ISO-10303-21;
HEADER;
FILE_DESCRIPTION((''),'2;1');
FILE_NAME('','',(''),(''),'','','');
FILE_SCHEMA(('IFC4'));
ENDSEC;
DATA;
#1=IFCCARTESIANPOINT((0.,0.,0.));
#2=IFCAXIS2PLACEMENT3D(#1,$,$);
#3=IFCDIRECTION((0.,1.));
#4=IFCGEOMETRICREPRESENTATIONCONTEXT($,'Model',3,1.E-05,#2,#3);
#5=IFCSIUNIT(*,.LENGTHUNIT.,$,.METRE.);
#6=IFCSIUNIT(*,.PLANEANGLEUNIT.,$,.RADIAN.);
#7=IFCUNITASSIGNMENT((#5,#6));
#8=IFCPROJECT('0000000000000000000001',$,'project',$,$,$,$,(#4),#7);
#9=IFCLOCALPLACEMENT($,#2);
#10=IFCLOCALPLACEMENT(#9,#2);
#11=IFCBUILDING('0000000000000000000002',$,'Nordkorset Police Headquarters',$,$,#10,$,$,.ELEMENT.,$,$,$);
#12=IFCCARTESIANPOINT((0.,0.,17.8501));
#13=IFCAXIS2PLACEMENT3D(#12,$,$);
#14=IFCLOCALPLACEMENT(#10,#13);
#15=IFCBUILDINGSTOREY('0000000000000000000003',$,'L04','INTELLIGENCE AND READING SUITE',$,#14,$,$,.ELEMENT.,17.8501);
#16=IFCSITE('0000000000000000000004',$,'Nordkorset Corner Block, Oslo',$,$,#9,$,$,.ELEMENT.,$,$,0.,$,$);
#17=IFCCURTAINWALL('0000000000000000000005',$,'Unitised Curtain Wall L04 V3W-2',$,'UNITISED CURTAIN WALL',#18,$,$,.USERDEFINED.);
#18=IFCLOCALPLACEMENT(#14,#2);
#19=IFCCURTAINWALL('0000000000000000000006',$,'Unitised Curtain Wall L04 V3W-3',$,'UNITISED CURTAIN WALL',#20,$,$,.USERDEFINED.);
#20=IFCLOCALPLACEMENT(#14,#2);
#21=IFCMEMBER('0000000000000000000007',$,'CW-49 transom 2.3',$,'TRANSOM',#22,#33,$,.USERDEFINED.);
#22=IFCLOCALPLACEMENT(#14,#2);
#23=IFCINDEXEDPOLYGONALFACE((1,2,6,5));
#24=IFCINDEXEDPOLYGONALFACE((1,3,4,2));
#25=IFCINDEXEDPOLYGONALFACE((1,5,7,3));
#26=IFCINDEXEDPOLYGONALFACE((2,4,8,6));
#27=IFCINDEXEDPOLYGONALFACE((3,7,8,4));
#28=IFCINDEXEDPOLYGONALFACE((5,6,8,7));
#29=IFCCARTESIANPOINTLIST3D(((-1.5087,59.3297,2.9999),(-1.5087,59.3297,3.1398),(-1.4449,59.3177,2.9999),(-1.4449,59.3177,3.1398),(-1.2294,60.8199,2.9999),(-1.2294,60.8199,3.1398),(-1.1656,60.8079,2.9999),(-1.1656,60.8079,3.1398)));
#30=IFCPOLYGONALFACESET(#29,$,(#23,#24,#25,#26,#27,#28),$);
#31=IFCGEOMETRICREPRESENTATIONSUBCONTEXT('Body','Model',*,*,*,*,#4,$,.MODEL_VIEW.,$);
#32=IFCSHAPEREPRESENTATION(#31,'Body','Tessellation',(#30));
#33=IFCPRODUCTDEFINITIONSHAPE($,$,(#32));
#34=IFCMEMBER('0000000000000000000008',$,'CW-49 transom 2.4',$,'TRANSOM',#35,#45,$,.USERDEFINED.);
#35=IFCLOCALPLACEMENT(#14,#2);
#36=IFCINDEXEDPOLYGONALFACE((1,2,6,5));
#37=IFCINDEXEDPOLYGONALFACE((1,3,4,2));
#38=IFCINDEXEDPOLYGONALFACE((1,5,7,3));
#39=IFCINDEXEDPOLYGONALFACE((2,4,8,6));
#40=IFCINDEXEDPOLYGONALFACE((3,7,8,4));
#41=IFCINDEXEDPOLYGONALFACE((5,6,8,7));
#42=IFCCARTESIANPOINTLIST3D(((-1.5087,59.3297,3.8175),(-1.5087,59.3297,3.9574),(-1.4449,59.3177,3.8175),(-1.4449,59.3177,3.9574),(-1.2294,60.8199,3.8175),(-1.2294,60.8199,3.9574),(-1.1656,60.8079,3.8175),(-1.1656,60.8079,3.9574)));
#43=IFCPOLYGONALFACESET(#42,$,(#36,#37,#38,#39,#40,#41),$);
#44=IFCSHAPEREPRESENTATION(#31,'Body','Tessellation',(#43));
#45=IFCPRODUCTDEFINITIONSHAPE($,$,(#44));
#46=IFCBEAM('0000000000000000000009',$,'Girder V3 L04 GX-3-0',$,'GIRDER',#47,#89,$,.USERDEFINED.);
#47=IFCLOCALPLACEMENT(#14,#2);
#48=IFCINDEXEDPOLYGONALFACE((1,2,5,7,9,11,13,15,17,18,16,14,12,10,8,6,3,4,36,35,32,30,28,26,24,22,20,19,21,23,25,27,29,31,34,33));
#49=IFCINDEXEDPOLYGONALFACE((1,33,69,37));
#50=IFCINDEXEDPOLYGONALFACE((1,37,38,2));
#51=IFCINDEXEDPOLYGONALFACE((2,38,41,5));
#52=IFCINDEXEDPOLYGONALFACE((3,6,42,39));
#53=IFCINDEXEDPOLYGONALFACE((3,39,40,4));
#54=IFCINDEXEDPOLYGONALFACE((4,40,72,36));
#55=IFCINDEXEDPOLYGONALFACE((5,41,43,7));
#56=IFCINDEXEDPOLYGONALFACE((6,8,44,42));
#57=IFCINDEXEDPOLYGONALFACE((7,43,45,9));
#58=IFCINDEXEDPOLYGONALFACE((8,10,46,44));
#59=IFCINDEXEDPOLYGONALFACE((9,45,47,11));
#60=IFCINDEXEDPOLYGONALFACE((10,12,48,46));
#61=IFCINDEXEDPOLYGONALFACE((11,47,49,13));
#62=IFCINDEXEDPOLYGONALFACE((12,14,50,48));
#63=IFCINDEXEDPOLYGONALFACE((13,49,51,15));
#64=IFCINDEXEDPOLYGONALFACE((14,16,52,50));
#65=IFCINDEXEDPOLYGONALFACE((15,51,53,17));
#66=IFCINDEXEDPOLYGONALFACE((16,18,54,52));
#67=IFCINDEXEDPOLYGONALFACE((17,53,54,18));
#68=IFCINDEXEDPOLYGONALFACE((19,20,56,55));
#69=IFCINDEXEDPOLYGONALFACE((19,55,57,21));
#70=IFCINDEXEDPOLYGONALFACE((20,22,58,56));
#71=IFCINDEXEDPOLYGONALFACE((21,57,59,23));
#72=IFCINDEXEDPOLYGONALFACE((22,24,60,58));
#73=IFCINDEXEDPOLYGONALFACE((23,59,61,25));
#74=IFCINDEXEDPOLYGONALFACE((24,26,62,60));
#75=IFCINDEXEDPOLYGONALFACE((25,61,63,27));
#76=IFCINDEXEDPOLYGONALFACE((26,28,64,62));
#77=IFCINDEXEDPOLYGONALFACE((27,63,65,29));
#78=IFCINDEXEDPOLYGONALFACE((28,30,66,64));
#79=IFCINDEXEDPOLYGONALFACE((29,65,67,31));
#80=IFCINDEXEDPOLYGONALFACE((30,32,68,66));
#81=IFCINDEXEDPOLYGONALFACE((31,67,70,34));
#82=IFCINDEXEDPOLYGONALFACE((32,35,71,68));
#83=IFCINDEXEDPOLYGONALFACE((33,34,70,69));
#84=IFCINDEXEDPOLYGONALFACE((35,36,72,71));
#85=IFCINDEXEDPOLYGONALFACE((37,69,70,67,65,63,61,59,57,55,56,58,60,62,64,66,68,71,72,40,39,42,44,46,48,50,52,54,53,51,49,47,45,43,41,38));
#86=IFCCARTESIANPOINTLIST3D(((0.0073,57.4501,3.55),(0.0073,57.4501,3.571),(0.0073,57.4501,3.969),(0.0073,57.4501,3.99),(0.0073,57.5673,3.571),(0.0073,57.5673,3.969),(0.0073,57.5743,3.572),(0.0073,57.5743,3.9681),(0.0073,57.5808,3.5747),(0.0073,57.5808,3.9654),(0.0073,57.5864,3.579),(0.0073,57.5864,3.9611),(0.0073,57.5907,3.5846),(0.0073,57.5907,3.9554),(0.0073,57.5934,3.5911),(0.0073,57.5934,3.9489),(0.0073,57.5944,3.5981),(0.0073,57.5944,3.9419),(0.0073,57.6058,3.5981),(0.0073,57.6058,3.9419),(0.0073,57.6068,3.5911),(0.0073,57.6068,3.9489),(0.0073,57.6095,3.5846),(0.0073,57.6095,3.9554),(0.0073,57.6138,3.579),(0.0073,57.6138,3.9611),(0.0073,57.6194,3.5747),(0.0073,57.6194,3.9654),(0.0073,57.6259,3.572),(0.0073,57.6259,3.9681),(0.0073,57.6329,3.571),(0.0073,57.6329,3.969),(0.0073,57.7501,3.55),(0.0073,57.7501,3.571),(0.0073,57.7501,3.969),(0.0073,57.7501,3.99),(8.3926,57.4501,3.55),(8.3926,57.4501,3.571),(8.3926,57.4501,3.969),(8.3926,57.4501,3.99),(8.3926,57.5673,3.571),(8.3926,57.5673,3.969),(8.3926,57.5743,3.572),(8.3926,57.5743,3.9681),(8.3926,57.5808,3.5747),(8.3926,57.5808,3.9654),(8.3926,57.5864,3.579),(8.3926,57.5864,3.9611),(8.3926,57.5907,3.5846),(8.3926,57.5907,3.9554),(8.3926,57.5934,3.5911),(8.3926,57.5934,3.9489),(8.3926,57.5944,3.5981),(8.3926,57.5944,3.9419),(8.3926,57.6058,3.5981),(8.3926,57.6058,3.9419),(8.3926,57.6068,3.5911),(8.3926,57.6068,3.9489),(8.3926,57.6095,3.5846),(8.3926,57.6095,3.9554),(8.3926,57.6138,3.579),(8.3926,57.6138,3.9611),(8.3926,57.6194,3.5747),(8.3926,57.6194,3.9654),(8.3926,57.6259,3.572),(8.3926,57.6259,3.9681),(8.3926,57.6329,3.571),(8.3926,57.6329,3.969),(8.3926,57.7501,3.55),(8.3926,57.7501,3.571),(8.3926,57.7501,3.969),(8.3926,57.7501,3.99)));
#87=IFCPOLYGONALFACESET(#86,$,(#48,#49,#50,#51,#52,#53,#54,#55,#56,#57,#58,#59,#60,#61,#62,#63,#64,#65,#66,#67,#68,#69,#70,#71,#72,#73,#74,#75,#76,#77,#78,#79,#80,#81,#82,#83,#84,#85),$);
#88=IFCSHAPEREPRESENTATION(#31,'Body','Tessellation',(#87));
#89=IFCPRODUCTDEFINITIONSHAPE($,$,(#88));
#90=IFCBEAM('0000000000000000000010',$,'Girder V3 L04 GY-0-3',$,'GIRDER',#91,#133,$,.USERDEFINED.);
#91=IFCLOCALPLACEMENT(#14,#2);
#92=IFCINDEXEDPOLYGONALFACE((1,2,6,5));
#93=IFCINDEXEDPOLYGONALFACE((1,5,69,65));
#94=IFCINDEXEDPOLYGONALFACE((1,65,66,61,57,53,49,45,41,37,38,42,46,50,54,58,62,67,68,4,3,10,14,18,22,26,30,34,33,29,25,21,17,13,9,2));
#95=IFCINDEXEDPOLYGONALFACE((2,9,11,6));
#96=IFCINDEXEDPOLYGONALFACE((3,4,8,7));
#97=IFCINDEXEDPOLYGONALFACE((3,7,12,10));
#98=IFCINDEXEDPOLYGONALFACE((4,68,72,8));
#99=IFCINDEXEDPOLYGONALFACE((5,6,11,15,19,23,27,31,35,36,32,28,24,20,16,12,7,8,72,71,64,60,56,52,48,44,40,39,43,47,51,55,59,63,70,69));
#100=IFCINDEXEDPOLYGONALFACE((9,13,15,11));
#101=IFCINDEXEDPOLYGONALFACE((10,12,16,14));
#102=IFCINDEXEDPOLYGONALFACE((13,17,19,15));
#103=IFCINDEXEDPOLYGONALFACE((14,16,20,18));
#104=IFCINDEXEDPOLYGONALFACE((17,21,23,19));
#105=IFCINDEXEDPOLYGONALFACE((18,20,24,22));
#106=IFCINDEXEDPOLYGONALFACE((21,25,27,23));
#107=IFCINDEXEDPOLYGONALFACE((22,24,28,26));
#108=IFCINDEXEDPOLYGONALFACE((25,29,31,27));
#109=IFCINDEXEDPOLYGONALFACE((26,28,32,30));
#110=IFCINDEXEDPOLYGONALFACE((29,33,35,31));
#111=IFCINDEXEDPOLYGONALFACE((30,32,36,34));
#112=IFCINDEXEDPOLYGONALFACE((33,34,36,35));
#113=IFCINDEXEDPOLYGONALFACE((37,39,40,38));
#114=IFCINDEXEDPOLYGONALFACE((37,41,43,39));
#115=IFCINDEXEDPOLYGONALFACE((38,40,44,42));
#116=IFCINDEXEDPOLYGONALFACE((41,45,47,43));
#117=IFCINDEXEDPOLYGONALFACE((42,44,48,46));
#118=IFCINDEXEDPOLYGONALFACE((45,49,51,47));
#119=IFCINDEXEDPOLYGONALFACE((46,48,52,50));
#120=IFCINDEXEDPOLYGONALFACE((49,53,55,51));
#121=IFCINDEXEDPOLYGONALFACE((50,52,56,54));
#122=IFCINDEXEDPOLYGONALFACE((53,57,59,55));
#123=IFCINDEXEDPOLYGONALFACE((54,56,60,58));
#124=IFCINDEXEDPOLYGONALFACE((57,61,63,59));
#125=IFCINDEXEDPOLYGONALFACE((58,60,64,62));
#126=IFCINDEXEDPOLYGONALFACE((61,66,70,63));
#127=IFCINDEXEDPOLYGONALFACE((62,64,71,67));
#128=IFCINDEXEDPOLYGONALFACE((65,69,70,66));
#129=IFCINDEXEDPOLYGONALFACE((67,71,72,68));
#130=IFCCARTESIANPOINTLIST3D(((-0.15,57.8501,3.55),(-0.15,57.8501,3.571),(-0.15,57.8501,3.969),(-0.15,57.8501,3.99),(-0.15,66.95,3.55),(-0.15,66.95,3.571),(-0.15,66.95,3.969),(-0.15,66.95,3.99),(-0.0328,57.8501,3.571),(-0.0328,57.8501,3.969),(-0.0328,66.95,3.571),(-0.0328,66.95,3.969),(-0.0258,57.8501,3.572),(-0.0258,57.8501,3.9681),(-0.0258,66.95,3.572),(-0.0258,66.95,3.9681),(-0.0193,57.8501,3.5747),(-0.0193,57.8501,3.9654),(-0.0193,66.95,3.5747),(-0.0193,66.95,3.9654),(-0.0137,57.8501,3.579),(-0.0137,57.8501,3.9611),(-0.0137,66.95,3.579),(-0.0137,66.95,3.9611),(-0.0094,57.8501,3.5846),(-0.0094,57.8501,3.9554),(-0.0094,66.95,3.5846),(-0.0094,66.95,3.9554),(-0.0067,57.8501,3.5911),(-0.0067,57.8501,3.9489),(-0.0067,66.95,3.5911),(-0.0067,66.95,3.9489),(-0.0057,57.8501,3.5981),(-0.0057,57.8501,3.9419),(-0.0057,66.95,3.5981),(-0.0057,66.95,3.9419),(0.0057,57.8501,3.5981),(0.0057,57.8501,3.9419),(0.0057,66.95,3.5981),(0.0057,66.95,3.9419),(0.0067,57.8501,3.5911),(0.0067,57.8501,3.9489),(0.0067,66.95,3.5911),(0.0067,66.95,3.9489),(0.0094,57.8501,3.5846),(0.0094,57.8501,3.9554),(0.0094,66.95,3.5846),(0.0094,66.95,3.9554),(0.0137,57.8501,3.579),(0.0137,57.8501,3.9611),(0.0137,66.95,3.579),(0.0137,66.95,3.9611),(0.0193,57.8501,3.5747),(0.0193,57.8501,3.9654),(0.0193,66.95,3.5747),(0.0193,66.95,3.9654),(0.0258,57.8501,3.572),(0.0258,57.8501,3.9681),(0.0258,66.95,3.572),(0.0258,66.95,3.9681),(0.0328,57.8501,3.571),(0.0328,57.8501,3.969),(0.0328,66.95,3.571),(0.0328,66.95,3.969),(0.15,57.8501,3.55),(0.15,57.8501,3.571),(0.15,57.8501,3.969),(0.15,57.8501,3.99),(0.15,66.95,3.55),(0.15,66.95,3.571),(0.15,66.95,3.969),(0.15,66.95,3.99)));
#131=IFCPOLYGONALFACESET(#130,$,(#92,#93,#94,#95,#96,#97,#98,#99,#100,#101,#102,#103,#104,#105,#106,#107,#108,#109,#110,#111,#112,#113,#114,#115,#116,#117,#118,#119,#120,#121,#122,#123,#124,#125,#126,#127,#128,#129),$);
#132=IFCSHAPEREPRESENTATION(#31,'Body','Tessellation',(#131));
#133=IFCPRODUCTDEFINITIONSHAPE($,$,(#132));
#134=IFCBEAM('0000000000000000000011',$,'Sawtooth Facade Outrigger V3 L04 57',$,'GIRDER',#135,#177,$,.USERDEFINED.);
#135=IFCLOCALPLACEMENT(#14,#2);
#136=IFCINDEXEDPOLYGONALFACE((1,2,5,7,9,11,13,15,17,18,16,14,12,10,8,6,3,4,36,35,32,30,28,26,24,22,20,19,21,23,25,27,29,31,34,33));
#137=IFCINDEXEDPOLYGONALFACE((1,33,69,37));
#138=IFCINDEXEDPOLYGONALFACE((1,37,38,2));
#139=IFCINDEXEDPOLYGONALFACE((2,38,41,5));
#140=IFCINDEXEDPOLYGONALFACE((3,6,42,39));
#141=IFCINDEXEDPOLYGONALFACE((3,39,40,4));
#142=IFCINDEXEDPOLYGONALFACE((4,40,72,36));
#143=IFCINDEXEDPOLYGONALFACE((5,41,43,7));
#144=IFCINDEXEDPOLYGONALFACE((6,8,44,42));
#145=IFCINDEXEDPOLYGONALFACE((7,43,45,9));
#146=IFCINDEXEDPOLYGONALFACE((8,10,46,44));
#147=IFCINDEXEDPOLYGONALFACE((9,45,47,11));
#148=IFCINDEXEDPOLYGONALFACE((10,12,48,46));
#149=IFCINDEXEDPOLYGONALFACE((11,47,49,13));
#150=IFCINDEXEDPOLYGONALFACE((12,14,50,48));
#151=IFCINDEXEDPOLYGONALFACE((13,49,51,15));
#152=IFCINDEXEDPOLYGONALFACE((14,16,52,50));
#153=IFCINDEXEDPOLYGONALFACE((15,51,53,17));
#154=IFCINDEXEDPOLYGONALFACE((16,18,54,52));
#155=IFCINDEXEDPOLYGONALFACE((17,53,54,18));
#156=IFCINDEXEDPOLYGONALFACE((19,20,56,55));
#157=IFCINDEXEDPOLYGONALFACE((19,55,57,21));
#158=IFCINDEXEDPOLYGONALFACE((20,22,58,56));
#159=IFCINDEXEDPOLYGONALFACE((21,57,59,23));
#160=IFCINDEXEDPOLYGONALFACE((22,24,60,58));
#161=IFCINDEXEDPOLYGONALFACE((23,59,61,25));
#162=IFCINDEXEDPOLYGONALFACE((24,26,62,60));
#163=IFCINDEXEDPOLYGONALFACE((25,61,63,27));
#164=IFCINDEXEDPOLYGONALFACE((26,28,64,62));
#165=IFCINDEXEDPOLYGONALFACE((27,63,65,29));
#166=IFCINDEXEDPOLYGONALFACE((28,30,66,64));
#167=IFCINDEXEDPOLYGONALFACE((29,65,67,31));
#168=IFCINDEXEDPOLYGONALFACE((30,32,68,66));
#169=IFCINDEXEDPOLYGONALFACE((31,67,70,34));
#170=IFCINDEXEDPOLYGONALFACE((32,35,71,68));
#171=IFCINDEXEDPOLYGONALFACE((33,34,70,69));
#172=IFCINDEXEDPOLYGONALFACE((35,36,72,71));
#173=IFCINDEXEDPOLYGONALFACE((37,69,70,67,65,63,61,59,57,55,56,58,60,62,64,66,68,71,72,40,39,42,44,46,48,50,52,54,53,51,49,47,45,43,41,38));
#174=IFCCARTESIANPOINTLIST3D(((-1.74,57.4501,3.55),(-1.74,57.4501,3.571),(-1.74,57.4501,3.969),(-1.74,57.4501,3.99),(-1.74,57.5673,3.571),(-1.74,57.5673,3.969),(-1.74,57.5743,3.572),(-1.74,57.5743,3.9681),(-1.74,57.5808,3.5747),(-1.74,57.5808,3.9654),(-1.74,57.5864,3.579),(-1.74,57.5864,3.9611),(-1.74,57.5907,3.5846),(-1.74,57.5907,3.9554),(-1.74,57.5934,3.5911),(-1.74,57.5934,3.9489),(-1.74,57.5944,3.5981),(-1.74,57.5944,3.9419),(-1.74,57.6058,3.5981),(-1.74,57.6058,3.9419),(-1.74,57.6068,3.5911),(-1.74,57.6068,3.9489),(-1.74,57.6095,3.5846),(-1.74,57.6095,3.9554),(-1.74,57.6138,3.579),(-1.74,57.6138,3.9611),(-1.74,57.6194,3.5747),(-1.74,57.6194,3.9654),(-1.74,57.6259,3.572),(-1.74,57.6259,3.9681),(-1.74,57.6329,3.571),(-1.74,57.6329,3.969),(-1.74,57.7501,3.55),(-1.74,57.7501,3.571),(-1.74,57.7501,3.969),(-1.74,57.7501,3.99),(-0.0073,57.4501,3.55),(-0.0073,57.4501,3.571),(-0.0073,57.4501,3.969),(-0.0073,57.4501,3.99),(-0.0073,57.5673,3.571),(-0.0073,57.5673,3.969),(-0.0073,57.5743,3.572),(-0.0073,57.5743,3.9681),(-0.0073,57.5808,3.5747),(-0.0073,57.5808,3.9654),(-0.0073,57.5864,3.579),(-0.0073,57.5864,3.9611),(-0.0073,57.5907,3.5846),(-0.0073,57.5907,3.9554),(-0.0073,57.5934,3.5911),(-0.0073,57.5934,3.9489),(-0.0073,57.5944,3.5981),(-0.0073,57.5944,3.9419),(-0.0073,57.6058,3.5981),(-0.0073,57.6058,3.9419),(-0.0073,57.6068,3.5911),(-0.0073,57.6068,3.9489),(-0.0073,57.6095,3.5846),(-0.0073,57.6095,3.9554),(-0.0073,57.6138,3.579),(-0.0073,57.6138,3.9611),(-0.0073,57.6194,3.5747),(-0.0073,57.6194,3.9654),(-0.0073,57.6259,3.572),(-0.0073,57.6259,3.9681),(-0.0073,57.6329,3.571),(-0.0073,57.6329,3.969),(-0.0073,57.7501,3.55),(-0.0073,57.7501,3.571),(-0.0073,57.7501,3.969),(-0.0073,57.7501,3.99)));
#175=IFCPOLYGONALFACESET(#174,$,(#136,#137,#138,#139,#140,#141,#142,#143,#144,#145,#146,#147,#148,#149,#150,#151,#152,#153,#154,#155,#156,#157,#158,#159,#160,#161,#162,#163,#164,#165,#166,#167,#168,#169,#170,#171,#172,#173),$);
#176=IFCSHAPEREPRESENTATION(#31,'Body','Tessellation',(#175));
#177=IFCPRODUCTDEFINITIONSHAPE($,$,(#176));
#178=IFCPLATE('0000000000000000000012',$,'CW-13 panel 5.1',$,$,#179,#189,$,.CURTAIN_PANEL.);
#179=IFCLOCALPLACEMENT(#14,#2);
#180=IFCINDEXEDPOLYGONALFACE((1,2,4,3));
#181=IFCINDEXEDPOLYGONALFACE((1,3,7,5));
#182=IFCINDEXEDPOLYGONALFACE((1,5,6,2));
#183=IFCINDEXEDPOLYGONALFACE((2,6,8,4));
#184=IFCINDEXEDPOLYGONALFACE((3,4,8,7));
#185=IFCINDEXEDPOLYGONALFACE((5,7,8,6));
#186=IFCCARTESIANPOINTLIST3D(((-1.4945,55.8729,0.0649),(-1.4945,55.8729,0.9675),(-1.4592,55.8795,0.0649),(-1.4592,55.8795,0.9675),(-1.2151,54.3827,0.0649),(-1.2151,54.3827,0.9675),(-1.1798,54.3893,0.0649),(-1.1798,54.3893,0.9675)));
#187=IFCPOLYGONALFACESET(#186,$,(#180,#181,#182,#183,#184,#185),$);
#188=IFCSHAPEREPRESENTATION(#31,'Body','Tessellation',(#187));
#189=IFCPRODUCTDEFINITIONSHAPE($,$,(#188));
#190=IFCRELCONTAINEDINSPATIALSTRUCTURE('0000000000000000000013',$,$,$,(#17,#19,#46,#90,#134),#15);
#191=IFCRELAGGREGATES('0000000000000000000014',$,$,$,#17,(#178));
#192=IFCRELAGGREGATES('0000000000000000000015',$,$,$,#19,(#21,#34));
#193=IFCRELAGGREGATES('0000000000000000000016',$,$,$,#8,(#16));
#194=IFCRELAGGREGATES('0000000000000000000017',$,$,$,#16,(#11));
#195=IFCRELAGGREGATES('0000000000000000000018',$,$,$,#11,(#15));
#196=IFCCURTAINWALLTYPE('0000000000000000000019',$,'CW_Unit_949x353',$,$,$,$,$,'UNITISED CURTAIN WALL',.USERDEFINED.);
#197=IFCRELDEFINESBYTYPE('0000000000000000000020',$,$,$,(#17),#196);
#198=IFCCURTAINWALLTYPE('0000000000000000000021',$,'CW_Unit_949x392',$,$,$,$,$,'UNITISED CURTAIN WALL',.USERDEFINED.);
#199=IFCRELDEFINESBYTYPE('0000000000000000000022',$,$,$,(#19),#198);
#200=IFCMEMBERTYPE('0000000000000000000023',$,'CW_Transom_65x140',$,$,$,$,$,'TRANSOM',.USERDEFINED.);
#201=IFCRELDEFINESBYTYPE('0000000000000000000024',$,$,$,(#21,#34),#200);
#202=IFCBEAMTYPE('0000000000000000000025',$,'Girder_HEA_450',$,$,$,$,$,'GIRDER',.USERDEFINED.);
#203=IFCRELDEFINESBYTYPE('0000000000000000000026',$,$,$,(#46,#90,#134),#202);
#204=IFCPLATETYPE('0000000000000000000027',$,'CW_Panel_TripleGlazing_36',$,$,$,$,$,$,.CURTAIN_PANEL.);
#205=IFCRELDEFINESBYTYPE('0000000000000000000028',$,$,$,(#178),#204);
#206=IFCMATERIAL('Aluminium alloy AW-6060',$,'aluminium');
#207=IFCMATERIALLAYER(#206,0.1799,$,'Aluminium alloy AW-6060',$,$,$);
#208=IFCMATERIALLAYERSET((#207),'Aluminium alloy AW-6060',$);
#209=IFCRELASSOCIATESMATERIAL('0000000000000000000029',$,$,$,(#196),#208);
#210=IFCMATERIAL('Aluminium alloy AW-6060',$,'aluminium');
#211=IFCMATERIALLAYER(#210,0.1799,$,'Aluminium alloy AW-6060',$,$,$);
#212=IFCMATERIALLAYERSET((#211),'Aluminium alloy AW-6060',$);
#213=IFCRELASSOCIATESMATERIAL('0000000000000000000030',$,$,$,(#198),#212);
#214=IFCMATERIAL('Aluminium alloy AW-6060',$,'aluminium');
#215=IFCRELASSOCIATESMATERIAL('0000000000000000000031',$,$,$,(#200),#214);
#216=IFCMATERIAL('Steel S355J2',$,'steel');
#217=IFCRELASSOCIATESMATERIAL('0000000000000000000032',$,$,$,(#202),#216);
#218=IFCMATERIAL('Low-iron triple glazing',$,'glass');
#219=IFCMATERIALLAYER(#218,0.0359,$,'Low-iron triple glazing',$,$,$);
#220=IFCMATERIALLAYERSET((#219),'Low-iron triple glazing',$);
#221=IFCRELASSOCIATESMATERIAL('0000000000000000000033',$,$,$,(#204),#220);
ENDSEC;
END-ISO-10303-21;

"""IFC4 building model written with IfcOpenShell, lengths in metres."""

from ifc_helpers import new_model, si_unit, direction, frame, origin, origin_2d, place, context, subcontext, project, spatial, rectangle, i_section, extrude, material, layer, layer_set, material_profile, profile_set, type_object, element, aggregate, save


model = new_model("IFC4")

# Units and contexts
model_context = context("Model", 3, precision=1e-05, world=origin(), true_north=direction((0.0, 1.0)))
body_context = subcontext(model_context, "Body", "Model", "MODEL_VIEW")
ifc_project = project(units=[si_unit("LENGTHUNIT", "METRE"), si_unit("PLANEANGLEUNIT", "RADIAN")], contexts=[model_context])

# Site, building, storey
site_placement = place(None, origin())
site = spatial("IfcSite", under=ifc_project, at=site_placement, Name="Nordkorset Corner Block, Oslo", CompositionType="ELEMENT", RefElevation=0.0)
building_placement = place(site_placement, origin())
building = spatial("IfcBuilding", under=site, at=building_placement, Name="Nordkorset Police Headquarters", CompositionType="ELEMENT")
storey_placement = place(building_placement, frame((0.0, 0.0, 17.8501)))
storey = spatial("IfcBuildingStorey", under=building, at=storey_placement, Name="L04", Description="INTELLIGENCE AND READING SUITE", CompositionType="ELEMENT", Elevation=17.8501)

# Curtain walls
ifc_material_1 = material(Name="Aluminium alloy AW-6060", Category="aluminium")
ifc_layer_1 = layer(ifc_material_1, 0.1799, Name="Aluminium alloy AW-6060")
ifc_layer_set_1 = layer_set([ifc_layer_1], Name="Aluminium alloy AW-6060")
curtain_wall_type_1 = type_object("IfcCurtainWallType", Name="CW_Unit_949x353", ElementType="UNITISED CURTAIN WALL", PredefinedType="USERDEFINED", material=ifc_layer_set_1)
curtain_wall_1_placement = place(storey_placement, origin())
curtain_wall_1 = element("IfcCurtainWall", 1, at=curtain_wall_1_placement, inside=storey, type_object=curtain_wall_type_1, Name="Unitised Curtain Wall L04 V3W-2", ObjectType="UNITISED CURTAIN WALL", PredefinedType="USERDEFINED")
ifc_material_2 = material(Name="Aluminium alloy AW-6060", Category="aluminium")
ifc_layer_2 = layer(ifc_material_2, 0.1799, Name="Aluminium alloy AW-6060")
ifc_layer_set_2 = layer_set([ifc_layer_2], Name="Aluminium alloy AW-6060")
curtain_wall_type_2 = type_object("IfcCurtainWallType", Name="CW_Unit_949x392", ElementType="UNITISED CURTAIN WALL", PredefinedType="USERDEFINED", material=ifc_layer_set_2)
curtain_wall_2_placement = place(storey_placement, origin())
curtain_wall_2 = element("IfcCurtainWall", 2, at=curtain_wall_2_placement, inside=storey, type_object=curtain_wall_type_2, Name="Unitised Curtain Wall L04 V3W-3", ObjectType="UNITISED CURTAIN WALL", PredefinedType="USERDEFINED")

# Members
ifc_material_3 = material(Name="Aluminium alloy AW-6060", Category="aluminium")
ifc_material_profile_1 = material_profile(ifc_material_3, rectangle(XDim=0.0649, YDim=0.1399, at=origin_2d()), Name="ALU TRAN 65x140")
ifc_profile_set_1 = profile_set([ifc_material_profile_1], Name="Aluminium alloy AW-6060")
member_type_1 = type_object("IfcMemberType", Name="CW_Transom_65x140", ElementType="TRANSOM", PredefinedType="USERDEFINED", material=ifc_profile_set_1)
member_1_placement = place(storey_placement, frame((-1.4768, 59.3237, 3.0698), z_axis=(0.184211, 0.982887, 0.0), x_axis=(-0.982887, 0.184211, 0.0)))
member_1 = element("IfcMember", 3, at=member_1_placement, type_object=member_type_1, Name="CW-49 transom 2.3", ObjectType="TRANSOM", PredefinedType="USERDEFINED", context=body_context, shape_type="SweptSolid", body=[
    extrude(rectangle(XDim=0.0649, YDim=0.1399, at=origin_2d()), origin(), (0.0, 0.0, 1.0), 1.5161),
])
member_2_placement = place(storey_placement, frame((-1.4768, 59.3237, 3.8875), z_axis=(0.184211, 0.982887, 0.0), x_axis=(-0.982887, 0.184211, 0.0)))
member_2 = element("IfcMember", 4, at=member_2_placement, type_object=member_type_1, Name="CW-49 transom 2.4", ObjectType="TRANSOM", PredefinedType="USERDEFINED", context=body_context, shape_type="SweptSolid", body=[
    extrude(rectangle(XDim=0.0649, YDim=0.1399, at=origin_2d()), origin(), (0.0, 0.0, 1.0), 1.5161),
])

# Beams
ifc_material_4 = material(Name="Steel S355J2", Category="steel")
ifc_material_profile_2 = material_profile(ifc_material_4, i_section(OverallWidth=0.3, OverallDepth=0.4399, WebThickness=0.0115, FlangeThickness=0.021, FilletRadius=0.0271, at=origin_2d()), Name="HEA 450")
ifc_profile_set_2 = profile_set([ifc_material_profile_2], Name="Steel S355J2")
beam_type_1 = type_object("IfcBeamType", Name="Girder_HEA_450", ElementType="GIRDER", PredefinedType="USERDEFINED", material=ifc_profile_set_2)
beam_1_placement = place(storey_placement, frame((0.0073, 57.6001, 3.77), z_axis=(1.0, 0.0, 0.0), x_axis=(0.0, 1.0, 0.0)))
element("IfcBeam", 5, at=beam_1_placement, inside=storey, type_object=beam_type_1, Name="Girder V3 L04 GX-3-0", ObjectType="GIRDER", PredefinedType="USERDEFINED", context=body_context, shape_type="SweptSolid", body=[
    extrude(i_section(OverallWidth=0.3, OverallDepth=0.4399, WebThickness=0.0115, FlangeThickness=0.021, FilletRadius=0.0271, at=origin_2d()), origin(), (0.0, 0.0, 1.0), 8.3853),
])
beam_2_placement = place(storey_placement, frame((0.0, 57.8501, 3.77), z_axis=(0.0, 1.0, 0.0), x_axis=(-1.0, 0.0, 0.0)))
element("IfcBeam", 6, at=beam_2_placement, inside=storey, type_object=beam_type_1, Name="Girder V3 L04 GY-0-3", ObjectType="GIRDER", PredefinedType="USERDEFINED", context=body_context, shape_type="SweptSolid", body=[
    extrude(i_section(OverallWidth=0.3, OverallDepth=0.4399, WebThickness=0.0115, FlangeThickness=0.021, FilletRadius=0.0271, at=origin_2d()), origin(), (0.0, 0.0, 1.0), 9.0999),
])
beam_3_placement = place(storey_placement, frame((-0.0073, 57.6001, 3.77), z_axis=(-1.0, 0.0, 0.0), x_axis=(0.0, -1.0, 0.0)))
element("IfcBeam", 7, at=beam_3_placement, inside=storey, type_object=beam_type_1, Name="Sawtooth Facade Outrigger V3 L04 57", ObjectType="GIRDER", PredefinedType="USERDEFINED", context=body_context, shape_type="SweptSolid", body=[
    extrude(i_section(OverallWidth=0.3, OverallDepth=0.4399, WebThickness=0.0115, FlangeThickness=0.021, FilletRadius=0.0271, at=origin_2d()), origin(), (0.0, 0.0, 1.0), 1.7327),
])

# Plate
ifc_material_5 = material(Name="Low-iron triple glazing", Category="glass")
ifc_layer_3 = layer(ifc_material_5, 0.0359, Name="Low-iron triple glazing")
ifc_layer_set_3 = layer_set([ifc_layer_3], Name="Low-iron triple glazing")
plate_type = type_object("IfcPlateType", Name="CW_Panel_TripleGlazing_36", PredefinedType="CURTAIN_PANEL", material=ifc_layer_set_3)
plate_1_placement = place(storey_placement, frame((-1.3372, 55.1311, 0.0649), z_axis=(0.0, 0.0, 1.0), x_axis=(-0.184289, 0.982872, 0.0)))
plate_1 = element("IfcPlate", 8, at=plate_1_placement, type_object=plate_type, Name="CW-13 panel 5.1", PredefinedType="CURTAIN_PANEL", context=body_context, shape_type="SweptSolid", body=[
    extrude(rectangle(XDim=1.5161, YDim=0.0359, at=origin_2d()), origin(), (0.0, 0.0, 1.0), 0.9026),
])
aggregate(curtain_wall_1, [plate_1])
aggregate(curtain_wall_2, [member_1, member_2])

save(model, "model.ifc")
